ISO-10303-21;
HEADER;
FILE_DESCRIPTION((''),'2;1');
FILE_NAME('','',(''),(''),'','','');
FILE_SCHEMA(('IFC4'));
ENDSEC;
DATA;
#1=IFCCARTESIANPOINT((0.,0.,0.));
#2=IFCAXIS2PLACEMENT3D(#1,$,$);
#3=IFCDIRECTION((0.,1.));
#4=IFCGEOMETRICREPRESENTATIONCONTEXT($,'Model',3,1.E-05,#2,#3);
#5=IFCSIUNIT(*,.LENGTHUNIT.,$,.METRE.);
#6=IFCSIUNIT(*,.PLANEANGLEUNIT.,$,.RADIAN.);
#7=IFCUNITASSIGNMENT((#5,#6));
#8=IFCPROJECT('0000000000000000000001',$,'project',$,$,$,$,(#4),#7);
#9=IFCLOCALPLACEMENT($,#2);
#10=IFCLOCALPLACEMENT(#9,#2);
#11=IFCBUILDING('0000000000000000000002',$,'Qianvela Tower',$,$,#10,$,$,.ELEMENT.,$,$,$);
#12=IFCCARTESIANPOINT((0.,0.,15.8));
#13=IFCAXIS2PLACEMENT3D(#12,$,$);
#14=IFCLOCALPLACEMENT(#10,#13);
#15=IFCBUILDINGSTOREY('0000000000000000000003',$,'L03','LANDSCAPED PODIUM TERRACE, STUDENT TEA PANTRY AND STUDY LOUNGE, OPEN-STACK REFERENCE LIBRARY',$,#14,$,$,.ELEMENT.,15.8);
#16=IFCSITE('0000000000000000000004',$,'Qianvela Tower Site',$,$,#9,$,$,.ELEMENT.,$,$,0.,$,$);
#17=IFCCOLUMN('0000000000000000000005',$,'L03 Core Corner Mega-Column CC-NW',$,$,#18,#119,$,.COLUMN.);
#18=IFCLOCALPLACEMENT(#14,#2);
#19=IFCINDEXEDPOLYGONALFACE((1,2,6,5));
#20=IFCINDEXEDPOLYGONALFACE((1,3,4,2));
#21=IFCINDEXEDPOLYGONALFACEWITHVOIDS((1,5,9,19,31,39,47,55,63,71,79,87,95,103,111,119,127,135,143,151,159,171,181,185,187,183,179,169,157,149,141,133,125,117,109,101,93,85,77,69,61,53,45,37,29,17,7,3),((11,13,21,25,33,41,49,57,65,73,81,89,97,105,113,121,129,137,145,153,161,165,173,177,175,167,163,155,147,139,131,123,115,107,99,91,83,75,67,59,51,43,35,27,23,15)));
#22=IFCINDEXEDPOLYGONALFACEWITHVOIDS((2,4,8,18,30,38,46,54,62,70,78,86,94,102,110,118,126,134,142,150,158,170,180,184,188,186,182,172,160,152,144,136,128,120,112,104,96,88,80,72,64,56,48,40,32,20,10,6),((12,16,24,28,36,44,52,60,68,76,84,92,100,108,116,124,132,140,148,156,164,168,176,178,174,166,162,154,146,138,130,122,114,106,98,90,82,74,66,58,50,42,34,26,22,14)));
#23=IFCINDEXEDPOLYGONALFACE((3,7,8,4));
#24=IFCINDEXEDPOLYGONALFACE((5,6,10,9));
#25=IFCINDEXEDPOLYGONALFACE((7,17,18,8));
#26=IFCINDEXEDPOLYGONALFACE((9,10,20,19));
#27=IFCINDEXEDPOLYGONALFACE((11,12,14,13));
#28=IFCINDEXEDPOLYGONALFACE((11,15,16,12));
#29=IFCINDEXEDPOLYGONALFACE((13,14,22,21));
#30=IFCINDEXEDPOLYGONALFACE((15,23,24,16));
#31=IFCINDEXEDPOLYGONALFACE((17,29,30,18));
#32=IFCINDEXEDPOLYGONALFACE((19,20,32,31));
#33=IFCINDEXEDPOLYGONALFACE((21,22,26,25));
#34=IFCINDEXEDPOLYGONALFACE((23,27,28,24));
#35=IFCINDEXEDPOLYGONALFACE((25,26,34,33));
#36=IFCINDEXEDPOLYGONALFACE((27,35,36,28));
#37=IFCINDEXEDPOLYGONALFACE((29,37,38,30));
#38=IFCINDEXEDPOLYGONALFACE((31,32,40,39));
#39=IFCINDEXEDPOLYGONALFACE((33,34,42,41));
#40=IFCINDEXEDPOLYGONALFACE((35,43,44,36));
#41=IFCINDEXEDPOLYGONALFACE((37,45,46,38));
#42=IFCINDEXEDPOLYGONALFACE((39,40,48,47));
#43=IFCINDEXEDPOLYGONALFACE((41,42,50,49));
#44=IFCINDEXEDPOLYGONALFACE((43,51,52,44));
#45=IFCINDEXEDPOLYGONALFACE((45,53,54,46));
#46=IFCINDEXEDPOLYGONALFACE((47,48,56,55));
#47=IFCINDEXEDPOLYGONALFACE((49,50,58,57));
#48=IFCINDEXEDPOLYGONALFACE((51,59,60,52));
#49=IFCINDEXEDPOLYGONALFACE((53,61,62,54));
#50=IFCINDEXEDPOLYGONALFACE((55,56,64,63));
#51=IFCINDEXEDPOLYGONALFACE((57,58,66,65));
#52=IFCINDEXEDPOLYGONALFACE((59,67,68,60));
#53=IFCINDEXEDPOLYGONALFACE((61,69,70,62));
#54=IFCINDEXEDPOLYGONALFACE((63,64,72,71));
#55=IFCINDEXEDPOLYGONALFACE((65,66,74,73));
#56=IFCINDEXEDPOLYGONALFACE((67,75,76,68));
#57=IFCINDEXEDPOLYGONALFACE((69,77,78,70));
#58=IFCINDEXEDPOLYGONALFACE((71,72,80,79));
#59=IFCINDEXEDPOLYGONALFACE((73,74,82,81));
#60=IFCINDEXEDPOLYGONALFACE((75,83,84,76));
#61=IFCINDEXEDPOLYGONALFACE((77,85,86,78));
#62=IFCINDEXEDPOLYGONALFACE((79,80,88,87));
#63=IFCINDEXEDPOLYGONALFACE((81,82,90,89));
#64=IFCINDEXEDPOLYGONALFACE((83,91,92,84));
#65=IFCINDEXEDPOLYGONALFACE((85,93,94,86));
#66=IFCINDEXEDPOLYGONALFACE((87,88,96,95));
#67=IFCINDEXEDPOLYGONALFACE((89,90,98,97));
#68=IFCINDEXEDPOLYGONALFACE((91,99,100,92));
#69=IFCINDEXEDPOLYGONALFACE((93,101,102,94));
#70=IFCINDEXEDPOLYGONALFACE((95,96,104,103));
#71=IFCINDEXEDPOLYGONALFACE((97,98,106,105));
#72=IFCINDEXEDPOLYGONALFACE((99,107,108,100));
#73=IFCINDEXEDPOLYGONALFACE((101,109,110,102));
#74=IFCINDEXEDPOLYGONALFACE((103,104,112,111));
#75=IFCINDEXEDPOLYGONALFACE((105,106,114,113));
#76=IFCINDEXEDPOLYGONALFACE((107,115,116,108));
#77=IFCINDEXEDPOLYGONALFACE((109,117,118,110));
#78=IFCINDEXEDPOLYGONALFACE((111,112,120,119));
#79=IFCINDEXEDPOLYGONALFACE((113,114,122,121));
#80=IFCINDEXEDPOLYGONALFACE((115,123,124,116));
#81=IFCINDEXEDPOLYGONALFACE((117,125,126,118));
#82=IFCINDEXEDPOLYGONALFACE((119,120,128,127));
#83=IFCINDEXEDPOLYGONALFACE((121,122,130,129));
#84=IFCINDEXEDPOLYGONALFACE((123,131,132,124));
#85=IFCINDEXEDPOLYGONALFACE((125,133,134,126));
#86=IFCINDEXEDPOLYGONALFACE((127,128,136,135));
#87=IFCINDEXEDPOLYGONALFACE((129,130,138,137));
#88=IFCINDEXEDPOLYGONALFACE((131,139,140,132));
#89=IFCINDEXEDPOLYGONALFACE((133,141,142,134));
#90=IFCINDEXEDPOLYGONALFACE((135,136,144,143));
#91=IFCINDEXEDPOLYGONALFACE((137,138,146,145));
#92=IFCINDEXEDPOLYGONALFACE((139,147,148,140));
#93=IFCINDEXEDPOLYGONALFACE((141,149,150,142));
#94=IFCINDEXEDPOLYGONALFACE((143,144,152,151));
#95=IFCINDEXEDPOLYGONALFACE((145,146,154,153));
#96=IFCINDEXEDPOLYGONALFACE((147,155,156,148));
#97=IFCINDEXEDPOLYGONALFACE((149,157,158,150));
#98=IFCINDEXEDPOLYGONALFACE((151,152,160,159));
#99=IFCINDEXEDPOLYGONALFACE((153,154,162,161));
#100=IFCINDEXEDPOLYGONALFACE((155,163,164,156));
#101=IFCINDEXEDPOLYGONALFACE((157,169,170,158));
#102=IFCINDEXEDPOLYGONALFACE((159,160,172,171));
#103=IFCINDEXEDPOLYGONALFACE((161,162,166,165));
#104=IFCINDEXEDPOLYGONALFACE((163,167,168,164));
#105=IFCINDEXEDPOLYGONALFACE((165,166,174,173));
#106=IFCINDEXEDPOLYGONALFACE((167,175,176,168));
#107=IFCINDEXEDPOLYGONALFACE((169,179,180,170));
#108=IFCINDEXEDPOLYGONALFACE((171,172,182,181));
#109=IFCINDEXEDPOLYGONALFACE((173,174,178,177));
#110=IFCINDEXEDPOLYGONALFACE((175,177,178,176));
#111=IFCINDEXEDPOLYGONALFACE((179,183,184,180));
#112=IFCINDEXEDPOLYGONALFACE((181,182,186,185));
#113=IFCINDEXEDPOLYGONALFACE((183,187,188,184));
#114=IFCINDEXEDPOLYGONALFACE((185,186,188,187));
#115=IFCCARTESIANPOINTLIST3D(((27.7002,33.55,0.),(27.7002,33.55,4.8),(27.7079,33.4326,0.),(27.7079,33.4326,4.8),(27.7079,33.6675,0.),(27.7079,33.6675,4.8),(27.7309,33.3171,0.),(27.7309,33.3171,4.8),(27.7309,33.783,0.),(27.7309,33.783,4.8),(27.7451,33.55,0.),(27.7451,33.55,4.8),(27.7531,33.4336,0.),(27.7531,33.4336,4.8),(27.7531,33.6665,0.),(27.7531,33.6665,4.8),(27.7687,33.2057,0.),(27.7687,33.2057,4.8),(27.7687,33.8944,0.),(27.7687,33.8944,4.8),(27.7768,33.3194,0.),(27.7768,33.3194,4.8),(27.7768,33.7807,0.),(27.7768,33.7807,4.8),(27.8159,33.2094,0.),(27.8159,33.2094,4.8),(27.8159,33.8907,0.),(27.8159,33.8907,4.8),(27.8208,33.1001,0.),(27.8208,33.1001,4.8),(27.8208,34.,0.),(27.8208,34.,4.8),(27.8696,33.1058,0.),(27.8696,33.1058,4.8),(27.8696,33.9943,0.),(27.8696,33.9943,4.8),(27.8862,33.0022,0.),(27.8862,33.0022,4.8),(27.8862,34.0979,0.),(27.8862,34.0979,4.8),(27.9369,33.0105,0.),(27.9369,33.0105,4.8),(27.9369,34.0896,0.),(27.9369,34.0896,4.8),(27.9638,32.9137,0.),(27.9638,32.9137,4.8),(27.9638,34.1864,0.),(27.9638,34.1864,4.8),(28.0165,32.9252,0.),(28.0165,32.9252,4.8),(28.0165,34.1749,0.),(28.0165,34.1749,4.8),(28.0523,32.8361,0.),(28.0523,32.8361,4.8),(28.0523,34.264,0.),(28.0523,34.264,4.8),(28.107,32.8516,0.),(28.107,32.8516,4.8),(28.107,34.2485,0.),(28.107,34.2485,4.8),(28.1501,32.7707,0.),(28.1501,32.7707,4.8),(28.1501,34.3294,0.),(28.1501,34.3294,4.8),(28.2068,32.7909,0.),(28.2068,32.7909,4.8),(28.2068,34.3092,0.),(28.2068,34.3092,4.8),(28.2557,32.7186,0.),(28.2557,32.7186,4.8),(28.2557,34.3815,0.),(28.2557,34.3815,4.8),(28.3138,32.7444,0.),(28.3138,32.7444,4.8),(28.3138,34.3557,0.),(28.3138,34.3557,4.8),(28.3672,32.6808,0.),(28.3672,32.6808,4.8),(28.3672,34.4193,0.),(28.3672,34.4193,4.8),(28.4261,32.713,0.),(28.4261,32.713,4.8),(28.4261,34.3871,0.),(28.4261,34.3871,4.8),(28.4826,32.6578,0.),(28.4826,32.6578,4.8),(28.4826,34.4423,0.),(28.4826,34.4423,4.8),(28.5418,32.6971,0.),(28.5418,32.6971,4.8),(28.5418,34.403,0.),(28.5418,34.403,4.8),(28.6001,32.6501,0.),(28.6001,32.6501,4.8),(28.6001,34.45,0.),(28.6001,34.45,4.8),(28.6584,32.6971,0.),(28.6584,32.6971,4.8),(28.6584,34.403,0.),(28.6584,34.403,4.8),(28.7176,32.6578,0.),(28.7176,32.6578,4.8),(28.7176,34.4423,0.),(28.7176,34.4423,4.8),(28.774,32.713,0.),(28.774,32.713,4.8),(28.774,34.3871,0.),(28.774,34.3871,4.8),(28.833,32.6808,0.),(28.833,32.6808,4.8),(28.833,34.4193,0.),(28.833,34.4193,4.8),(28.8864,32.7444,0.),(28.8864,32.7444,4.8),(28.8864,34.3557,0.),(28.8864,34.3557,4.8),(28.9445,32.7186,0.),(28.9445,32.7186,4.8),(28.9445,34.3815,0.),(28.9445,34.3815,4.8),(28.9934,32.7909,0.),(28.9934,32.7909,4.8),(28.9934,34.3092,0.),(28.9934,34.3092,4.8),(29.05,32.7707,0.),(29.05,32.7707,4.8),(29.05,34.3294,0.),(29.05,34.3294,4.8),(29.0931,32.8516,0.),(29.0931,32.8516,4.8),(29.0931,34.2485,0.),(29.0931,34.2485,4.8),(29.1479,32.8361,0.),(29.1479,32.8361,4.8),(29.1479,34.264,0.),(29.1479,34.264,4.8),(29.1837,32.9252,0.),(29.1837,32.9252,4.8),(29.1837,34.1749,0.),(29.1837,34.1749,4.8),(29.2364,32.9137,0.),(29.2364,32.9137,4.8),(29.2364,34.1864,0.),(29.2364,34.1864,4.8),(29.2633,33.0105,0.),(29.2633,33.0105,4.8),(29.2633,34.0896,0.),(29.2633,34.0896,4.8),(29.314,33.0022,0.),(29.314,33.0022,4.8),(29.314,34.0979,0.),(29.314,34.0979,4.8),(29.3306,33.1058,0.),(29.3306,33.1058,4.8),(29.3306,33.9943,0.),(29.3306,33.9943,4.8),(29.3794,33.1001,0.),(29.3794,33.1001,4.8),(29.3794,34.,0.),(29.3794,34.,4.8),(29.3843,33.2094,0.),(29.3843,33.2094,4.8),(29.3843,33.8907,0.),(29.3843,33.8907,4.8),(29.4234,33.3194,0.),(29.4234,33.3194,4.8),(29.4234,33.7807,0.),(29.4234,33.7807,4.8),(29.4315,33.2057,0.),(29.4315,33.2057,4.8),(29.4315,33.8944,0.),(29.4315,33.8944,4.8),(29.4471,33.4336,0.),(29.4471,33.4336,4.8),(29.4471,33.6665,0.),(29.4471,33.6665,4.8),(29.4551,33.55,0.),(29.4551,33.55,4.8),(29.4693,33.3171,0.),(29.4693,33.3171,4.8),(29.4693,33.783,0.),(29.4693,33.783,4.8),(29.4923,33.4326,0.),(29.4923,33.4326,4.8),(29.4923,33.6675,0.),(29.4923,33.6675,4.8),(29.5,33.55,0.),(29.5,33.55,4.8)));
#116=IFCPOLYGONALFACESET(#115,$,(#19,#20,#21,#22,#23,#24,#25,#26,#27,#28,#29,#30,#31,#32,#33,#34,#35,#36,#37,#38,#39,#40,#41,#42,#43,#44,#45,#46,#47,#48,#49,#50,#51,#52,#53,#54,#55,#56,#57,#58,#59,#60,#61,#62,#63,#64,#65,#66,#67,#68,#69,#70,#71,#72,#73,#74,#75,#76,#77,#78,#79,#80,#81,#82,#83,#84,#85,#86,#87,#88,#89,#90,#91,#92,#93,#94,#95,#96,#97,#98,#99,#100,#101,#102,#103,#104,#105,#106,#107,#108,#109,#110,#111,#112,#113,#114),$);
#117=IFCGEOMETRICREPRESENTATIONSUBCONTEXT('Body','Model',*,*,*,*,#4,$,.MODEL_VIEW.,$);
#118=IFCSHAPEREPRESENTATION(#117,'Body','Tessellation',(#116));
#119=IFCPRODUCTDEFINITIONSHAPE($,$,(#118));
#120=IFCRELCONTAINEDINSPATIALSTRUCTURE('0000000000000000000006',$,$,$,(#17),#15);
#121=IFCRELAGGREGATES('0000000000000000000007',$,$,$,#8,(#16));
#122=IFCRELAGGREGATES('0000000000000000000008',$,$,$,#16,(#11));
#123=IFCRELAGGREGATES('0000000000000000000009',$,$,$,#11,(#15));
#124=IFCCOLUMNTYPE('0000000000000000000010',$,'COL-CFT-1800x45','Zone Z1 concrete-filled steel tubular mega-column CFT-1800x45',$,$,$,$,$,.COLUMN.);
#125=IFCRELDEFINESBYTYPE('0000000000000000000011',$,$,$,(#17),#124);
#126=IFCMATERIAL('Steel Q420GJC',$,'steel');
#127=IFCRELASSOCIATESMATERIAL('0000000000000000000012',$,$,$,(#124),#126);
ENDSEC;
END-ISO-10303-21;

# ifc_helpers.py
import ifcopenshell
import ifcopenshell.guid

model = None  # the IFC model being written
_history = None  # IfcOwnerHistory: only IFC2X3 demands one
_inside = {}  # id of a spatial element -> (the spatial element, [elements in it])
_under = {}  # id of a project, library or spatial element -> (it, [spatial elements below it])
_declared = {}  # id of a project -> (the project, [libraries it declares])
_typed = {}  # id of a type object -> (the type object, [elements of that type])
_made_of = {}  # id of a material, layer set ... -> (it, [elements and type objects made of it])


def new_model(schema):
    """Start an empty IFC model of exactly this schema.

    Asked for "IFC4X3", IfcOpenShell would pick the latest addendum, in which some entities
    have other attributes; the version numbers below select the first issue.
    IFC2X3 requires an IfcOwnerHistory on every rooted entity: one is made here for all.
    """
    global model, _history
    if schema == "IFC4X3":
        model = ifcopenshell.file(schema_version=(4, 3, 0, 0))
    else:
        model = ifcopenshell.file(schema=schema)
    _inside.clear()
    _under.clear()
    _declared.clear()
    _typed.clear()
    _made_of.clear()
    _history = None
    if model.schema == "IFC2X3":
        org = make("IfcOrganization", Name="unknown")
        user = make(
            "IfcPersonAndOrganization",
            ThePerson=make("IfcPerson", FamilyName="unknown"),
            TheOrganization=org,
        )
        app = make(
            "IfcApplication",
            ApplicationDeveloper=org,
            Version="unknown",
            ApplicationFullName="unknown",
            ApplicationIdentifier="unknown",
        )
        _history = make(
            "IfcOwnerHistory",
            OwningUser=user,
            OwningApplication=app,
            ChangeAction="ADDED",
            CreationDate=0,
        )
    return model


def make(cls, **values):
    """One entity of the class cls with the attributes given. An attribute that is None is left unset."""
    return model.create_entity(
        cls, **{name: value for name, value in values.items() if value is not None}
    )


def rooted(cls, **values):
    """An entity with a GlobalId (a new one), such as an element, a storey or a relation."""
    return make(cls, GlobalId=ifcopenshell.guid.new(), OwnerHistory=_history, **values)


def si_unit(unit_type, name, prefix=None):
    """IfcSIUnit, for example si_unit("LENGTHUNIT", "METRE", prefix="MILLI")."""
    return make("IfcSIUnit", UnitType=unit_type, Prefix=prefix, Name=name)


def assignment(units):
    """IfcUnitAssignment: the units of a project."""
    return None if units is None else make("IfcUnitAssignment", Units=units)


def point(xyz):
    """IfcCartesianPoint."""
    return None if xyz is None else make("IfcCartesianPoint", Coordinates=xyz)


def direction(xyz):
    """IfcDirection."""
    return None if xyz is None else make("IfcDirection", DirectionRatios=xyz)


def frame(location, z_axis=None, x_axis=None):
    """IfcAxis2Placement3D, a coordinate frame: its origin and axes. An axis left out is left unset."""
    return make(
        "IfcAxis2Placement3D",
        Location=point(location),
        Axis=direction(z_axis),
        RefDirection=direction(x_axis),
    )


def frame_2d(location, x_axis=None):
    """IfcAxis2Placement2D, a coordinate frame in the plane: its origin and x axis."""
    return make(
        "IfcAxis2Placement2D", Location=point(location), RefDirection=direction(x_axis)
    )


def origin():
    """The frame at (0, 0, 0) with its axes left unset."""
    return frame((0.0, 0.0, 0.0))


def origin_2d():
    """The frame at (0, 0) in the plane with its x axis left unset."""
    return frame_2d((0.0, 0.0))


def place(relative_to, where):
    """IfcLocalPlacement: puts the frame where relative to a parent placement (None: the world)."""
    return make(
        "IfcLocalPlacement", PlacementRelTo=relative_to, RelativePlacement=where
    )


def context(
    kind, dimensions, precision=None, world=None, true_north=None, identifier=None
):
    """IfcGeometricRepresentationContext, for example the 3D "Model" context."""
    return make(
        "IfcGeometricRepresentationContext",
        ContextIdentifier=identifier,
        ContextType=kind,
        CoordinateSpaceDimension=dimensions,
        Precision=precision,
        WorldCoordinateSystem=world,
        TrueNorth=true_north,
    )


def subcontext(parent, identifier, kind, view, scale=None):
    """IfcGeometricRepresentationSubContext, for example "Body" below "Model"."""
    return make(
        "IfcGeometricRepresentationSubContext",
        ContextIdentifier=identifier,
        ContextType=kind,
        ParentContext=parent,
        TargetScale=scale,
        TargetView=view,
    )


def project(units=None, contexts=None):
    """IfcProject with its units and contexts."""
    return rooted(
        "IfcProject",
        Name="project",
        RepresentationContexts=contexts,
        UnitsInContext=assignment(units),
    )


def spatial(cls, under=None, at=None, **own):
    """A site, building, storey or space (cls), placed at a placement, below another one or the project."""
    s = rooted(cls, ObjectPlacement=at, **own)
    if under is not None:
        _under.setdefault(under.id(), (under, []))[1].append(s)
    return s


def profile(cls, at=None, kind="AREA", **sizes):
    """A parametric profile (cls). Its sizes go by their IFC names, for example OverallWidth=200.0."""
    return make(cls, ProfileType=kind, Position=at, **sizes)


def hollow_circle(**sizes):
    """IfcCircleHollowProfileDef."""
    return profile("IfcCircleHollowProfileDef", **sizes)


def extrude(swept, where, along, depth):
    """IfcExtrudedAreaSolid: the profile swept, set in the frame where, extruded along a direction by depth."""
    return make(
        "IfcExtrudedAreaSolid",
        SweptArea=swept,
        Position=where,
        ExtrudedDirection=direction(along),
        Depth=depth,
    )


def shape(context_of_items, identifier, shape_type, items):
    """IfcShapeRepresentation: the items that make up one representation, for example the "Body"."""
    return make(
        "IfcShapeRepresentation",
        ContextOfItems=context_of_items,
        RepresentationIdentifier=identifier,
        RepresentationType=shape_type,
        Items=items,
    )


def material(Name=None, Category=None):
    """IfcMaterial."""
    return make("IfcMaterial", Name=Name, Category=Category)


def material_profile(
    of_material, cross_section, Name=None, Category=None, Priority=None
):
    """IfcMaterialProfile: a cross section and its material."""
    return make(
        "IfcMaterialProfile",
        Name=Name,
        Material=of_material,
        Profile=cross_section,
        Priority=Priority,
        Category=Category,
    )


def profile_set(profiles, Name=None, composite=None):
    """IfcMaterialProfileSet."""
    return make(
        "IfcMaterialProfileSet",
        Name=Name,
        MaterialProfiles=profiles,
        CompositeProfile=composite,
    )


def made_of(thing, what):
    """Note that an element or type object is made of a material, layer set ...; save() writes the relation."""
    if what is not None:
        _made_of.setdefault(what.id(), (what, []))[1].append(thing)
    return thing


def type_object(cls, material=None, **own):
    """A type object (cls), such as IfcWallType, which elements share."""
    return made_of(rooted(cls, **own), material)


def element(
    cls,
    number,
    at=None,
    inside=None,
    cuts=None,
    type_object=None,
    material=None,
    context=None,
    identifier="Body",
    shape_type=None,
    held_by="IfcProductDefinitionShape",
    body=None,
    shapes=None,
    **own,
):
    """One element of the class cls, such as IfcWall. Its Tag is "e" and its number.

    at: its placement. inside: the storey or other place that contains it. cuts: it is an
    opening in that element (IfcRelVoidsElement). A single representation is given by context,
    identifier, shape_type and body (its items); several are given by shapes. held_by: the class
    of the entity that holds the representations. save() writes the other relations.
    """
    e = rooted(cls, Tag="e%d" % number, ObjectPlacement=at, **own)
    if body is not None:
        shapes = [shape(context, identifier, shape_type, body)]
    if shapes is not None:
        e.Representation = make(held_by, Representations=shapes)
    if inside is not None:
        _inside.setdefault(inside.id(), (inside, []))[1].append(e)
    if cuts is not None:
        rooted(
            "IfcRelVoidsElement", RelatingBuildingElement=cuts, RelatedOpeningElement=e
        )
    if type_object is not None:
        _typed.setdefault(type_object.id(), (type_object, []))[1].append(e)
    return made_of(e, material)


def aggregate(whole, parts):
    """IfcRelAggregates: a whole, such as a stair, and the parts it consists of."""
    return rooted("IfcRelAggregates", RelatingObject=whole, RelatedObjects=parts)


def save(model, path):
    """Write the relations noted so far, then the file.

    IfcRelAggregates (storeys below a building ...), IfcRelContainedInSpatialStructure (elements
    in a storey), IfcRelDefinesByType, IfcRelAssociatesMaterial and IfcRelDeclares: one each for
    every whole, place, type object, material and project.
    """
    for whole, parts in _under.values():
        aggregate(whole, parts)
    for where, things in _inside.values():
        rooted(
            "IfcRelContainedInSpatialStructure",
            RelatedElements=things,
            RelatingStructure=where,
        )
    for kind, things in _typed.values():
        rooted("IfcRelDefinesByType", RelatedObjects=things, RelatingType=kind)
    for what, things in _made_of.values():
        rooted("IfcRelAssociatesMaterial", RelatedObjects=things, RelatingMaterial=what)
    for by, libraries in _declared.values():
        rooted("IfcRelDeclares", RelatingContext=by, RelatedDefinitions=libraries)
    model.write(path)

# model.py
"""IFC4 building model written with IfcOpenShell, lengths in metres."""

from ifc_helpers import new_model, si_unit, direction, frame, origin, origin_2d, place, context, subcontext, project, spatial, hollow_circle, extrude, material, material_profile, profile_set, type_object, element, save


model = new_model("IFC4")

# Units and contexts
model_context = context("Model", 3, precision=1e-05, world=origin(), true_north=direction((0.0, 1.0)))
body_context = subcontext(model_context, "Body", "Model", "MODEL_VIEW")
ifc_project = project(units=[si_unit("LENGTHUNIT", "METRE"), si_unit("PLANEANGLEUNIT", "RADIAN")], contexts=[model_context])

# Site, building, storey
site_placement = place(None, origin())
site = spatial("IfcSite", under=ifc_project, at=site_placement, Name="Qianvela Tower Site", CompositionType="ELEMENT", RefElevation=0.0)
building_placement = place(site_placement, origin())
building = spatial("IfcBuilding", under=site, at=building_placement, Name="Qianvela Tower", CompositionType="ELEMENT")
storey_placement = place(building_placement, frame((0.0, 0.0, 15.8)))
storey = spatial("IfcBuildingStorey", under=building, at=storey_placement, Name="L03", Description="LANDSCAPED PODIUM TERRACE, STUDENT TEA PANTRY AND STUDY LOUNGE, OPEN-STACK REFERENCE LIBRARY", CompositionType="ELEMENT", Elevation=15.8)

# Column
ifc_material_1 = material(Name="Steel Q420GJC", Category="steel")
ifc_material_profile_1 = material_profile(ifc_material_1, hollow_circle(Radius=0.8999, WallThickness=0.0449, at=origin_2d()), Name="CFT-1800x45")
ifc_profile_set_1 = profile_set([ifc_material_profile_1], Name="Steel Q420GJC")
column_type = type_object("IfcColumnType", Name="COL-CFT-1800x45", Description="Zone Z1 concrete-filled steel tubular mega-column CFT-1800x45", PredefinedType="COLUMN", material=ifc_profile_set_1)
for number, where, z_axis, x_axis, name in (
    (1, (28.6001, 33.55, 0.0), (0.0, 0.0, 1.0), (1.0, 0.0, 0.0), "L03 Core Corner Mega-Column CC-NW"),
):
    element("IfcColumn", number, at=place(storey_placement, frame(where, z_axis=z_axis, x_axis=x_axis)), inside=storey, type_object=column_type, Name=name, PredefinedType="COLUMN", context=body_context, shape_type="SweptSolid", body=[
        extrude(hollow_circle(Radius=0.8999, WallThickness=0.0449, at=origin_2d()), origin(), (0.0, 0.0, 1.0), 4.8),
    ])

save(model, "model.ifc")
